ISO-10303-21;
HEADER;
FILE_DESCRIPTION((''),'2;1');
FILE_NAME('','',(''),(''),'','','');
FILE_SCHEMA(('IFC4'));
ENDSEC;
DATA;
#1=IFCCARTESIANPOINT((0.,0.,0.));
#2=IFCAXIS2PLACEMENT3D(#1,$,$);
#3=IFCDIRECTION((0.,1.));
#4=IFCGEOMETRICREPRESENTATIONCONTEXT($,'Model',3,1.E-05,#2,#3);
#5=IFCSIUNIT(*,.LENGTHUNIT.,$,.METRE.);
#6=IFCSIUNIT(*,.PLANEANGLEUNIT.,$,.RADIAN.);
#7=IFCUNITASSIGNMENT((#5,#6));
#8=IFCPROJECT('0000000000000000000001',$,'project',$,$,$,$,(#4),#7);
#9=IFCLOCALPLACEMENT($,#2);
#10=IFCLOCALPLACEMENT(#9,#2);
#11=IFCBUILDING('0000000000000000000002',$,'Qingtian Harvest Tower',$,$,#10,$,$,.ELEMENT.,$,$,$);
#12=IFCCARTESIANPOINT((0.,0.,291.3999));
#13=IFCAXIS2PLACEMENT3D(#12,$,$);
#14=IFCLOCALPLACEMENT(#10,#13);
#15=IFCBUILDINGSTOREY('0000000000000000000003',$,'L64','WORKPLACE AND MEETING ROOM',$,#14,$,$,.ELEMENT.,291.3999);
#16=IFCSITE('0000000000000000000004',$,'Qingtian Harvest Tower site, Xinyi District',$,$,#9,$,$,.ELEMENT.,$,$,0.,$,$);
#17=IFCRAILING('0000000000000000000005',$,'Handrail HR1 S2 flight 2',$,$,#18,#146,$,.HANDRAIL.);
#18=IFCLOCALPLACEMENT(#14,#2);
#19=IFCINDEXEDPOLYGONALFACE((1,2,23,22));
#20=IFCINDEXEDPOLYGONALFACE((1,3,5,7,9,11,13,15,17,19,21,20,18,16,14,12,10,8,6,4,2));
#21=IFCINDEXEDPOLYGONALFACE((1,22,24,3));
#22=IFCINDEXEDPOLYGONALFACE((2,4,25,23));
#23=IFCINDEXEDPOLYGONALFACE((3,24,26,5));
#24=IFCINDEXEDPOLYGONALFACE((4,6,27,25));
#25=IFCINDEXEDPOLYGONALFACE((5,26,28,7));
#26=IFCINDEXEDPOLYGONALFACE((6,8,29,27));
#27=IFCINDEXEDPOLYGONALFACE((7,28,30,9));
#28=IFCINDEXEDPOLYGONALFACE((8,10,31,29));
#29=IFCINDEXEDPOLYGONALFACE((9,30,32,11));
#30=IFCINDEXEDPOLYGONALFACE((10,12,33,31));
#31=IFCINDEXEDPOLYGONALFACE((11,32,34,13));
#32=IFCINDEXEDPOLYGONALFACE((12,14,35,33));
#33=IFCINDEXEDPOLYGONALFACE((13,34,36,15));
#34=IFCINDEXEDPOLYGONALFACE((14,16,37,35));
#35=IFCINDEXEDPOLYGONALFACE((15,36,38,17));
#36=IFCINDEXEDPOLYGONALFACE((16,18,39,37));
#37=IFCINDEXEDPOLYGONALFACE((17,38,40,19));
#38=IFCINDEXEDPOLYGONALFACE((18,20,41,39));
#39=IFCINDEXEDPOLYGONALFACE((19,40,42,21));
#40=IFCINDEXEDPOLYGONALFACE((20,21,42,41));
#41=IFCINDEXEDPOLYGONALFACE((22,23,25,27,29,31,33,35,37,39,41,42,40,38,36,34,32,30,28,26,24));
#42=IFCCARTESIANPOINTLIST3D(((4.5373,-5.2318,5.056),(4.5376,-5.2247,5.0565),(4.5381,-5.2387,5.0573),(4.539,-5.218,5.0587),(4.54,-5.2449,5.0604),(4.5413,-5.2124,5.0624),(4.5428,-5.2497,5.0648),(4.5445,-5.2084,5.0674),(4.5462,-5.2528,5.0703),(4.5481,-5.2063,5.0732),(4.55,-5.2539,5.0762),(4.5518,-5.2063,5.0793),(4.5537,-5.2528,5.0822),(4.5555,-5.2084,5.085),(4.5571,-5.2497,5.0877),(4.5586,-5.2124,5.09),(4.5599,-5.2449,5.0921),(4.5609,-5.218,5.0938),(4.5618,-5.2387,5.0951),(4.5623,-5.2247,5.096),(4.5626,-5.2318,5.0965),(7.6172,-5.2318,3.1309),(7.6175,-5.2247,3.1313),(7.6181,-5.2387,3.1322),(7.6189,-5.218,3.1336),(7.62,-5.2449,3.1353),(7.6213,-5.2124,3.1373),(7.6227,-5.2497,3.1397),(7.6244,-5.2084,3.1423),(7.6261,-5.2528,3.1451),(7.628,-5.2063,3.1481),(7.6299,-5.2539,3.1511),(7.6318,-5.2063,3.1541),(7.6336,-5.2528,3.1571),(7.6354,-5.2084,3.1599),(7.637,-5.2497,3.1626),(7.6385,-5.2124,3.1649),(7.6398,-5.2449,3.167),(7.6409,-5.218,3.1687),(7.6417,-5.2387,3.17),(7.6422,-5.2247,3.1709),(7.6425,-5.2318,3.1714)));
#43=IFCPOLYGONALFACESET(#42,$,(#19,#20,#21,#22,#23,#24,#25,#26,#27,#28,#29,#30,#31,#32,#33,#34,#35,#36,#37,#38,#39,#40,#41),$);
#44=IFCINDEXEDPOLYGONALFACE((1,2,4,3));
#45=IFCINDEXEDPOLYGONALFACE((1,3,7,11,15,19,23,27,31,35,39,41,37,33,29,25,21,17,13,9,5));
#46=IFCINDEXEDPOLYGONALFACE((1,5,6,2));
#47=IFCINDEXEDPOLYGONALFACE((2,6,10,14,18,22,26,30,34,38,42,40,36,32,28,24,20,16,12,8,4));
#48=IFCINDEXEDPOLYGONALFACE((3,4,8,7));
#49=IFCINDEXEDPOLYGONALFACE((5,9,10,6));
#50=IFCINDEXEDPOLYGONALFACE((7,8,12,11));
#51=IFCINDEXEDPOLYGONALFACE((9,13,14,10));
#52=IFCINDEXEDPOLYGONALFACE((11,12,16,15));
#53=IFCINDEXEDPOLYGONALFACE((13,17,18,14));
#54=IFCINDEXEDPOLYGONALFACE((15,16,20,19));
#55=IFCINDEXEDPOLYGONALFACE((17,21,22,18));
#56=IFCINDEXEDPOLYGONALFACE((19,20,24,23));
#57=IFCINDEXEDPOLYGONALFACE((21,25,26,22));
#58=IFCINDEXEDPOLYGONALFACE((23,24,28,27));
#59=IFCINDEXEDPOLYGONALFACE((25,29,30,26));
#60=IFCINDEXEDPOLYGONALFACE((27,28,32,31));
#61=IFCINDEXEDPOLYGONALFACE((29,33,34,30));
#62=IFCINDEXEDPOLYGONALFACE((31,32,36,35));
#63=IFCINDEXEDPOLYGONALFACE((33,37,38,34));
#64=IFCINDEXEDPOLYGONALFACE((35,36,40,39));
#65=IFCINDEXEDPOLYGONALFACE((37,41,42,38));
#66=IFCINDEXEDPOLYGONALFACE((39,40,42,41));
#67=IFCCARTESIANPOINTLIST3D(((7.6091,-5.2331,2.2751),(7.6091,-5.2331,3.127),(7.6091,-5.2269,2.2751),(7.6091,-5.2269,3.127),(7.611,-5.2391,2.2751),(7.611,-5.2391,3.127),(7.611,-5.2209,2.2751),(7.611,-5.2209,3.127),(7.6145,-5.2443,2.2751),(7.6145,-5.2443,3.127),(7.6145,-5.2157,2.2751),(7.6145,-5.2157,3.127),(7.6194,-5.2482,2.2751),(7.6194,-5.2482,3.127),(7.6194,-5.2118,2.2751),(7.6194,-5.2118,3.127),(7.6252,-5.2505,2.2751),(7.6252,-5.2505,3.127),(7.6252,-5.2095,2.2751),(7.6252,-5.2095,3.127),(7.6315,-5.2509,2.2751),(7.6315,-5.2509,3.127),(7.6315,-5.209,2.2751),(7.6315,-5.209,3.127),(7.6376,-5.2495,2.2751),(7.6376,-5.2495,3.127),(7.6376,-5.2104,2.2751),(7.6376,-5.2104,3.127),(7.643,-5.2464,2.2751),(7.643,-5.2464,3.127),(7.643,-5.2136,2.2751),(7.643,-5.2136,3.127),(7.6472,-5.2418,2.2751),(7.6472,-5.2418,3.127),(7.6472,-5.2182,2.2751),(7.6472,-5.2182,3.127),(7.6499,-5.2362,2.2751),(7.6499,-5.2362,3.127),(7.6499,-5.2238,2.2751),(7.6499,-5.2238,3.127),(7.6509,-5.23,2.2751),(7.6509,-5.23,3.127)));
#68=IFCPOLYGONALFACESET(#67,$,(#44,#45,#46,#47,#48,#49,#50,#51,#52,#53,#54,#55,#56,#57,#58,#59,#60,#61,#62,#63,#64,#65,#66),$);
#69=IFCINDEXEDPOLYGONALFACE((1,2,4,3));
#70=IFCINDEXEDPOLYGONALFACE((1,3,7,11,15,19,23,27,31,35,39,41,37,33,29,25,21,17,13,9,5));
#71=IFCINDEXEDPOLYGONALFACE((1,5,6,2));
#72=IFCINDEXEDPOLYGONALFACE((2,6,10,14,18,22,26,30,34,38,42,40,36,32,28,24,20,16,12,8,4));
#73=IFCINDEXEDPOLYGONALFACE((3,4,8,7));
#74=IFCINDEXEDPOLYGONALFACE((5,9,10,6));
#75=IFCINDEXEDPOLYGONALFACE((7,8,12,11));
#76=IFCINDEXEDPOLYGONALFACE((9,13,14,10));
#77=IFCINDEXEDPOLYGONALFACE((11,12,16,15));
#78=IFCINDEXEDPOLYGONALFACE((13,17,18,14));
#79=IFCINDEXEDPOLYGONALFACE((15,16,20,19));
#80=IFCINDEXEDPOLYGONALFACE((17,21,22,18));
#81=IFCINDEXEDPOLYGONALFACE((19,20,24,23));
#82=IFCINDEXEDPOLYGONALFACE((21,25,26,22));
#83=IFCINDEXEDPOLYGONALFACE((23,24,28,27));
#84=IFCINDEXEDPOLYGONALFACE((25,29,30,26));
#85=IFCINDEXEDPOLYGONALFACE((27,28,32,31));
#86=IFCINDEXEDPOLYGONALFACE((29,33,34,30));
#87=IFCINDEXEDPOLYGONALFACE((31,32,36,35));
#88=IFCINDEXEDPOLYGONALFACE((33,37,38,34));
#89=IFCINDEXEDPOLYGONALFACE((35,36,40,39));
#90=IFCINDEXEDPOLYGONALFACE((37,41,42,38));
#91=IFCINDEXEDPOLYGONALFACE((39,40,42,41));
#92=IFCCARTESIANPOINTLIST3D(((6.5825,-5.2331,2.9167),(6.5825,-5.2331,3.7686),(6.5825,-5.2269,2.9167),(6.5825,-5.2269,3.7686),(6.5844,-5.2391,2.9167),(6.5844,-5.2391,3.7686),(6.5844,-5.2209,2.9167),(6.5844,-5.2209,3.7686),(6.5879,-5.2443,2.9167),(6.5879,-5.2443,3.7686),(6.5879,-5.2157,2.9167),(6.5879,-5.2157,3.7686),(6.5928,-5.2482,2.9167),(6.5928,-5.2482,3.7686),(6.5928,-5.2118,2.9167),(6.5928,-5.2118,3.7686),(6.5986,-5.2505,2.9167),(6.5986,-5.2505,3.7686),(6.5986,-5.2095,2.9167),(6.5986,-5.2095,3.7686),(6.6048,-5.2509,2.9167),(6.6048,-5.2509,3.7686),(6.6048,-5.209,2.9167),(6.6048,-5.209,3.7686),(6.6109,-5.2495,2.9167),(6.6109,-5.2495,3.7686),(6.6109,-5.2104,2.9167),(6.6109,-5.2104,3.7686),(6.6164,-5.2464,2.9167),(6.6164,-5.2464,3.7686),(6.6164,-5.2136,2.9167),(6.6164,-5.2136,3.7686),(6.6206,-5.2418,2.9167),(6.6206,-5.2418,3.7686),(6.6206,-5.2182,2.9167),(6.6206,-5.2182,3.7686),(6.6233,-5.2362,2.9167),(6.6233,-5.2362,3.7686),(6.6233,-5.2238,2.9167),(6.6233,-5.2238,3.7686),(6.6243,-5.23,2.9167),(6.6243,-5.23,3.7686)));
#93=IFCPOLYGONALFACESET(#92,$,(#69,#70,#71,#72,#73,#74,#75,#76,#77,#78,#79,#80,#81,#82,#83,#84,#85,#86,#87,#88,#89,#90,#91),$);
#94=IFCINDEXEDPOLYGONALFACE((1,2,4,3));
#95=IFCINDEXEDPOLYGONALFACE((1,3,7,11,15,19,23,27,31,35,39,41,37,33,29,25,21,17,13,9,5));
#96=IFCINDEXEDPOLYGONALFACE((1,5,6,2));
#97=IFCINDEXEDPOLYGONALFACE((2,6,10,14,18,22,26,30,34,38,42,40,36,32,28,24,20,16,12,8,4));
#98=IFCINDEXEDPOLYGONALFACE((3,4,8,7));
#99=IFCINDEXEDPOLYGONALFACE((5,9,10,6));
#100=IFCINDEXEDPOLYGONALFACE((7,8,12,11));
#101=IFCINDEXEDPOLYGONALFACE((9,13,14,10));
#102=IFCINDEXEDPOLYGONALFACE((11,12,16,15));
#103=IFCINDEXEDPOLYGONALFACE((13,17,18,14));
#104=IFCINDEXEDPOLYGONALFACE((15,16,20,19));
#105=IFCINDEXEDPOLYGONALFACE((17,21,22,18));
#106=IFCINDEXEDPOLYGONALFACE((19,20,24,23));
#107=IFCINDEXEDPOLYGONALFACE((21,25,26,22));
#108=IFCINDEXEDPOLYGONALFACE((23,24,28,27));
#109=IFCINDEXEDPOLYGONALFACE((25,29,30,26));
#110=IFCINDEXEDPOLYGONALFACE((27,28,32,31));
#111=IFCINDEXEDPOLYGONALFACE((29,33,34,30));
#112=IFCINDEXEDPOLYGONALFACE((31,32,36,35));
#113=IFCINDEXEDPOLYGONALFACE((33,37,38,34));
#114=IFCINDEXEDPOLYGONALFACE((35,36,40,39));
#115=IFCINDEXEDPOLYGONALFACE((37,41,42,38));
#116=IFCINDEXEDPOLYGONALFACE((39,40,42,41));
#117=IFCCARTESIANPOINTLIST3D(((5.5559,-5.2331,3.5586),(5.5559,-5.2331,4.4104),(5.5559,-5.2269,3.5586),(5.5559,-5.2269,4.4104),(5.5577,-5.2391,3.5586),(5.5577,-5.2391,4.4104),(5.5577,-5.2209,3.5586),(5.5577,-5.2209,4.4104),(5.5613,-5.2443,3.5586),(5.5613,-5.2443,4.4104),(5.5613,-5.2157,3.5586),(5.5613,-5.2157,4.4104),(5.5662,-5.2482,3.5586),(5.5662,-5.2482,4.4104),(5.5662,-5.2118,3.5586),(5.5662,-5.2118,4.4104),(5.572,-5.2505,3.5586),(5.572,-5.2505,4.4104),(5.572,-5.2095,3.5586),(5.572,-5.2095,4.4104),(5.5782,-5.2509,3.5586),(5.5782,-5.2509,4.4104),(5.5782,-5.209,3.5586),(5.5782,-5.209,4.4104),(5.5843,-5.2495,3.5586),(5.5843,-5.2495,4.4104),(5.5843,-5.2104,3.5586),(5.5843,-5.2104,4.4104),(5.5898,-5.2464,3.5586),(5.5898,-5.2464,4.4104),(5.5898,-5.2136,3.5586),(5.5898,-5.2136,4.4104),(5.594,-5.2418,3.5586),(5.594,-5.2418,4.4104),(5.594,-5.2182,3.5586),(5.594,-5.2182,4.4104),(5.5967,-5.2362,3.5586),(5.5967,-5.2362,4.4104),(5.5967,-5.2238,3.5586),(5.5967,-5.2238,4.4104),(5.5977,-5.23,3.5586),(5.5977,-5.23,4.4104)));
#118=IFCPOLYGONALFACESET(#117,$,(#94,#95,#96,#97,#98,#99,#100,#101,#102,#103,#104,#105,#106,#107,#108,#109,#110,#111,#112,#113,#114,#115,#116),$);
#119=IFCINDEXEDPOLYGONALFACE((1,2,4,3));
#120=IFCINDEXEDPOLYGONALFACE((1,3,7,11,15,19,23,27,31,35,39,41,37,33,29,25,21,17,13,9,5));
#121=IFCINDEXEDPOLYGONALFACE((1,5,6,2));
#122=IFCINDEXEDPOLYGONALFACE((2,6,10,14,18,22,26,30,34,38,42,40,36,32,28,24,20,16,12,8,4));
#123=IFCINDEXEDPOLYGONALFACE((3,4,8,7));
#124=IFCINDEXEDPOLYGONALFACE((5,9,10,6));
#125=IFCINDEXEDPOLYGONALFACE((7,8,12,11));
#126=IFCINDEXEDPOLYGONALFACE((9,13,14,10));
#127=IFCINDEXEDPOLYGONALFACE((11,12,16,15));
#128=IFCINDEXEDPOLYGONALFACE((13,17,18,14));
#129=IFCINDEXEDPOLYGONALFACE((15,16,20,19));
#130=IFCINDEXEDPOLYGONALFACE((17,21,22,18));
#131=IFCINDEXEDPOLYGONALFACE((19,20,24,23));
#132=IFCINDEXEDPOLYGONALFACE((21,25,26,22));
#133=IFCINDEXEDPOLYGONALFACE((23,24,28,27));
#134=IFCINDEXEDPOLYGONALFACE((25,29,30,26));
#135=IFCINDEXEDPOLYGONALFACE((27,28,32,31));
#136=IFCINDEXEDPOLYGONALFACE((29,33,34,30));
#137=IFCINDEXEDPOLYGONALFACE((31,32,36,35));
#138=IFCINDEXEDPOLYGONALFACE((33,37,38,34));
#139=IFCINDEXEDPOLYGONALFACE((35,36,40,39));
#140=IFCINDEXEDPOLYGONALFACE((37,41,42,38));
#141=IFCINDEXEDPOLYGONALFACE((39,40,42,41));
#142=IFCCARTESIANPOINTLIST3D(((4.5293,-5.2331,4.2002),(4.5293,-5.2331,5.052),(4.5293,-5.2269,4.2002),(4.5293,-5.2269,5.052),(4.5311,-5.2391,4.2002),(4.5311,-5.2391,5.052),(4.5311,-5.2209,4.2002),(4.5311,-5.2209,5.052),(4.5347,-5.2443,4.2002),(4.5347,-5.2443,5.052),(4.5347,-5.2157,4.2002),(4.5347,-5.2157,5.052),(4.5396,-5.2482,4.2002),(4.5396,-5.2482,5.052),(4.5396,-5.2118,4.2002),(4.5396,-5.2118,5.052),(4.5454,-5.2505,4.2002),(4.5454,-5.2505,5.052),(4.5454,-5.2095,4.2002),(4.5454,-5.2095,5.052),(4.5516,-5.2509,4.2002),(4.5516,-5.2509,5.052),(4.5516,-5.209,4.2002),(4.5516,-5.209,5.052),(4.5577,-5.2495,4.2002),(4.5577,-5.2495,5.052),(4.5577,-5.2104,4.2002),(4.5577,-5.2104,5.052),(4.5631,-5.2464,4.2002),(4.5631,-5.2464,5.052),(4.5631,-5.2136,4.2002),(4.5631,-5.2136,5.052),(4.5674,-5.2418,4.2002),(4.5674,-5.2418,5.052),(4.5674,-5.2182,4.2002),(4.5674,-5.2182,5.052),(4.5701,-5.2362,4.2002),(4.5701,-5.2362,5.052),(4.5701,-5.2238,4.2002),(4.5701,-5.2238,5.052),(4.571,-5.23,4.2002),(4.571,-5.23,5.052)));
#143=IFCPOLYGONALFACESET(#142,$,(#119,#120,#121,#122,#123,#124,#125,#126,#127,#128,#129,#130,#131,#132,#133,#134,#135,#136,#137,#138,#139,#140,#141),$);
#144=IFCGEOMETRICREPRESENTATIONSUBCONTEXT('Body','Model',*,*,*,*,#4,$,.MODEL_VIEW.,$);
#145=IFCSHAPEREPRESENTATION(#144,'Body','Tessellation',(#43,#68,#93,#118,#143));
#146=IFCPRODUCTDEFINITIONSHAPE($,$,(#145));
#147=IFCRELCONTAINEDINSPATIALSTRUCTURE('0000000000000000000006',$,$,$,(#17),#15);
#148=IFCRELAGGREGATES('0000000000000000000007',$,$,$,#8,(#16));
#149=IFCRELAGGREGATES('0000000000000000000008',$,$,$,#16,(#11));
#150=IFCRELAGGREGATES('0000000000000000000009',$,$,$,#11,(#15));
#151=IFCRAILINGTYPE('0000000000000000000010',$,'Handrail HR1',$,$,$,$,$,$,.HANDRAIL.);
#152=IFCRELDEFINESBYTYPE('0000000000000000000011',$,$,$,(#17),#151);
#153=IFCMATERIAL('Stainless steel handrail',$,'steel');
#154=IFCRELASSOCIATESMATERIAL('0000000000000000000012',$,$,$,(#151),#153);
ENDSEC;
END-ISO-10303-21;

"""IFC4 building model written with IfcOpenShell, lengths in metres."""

from ifc_helpers import new_model, si_unit, direction, frame, origin, origin_2d, place, context, subcontext, project, spatial, circle, extrude, material, type_object, element, save


model = new_model("IFC4")

# Units and contexts
model_context = context("Model", 3, precision=1e-05, world=origin(), true_north=direction((0.0, 1.0)))
body_context = subcontext(model_context, "Body", "Model", "MODEL_VIEW")
ifc_project = project(units=[si_unit("LENGTHUNIT", "METRE"), si_unit("PLANEANGLEUNIT", "RADIAN")], contexts=[model_context])

# Site, building, storey
site_placement = place(None, origin())
site = spatial("IfcSite", under=ifc_project, at=site_placement, Name="Qingtian Harvest Tower site, Xinyi District", CompositionType="ELEMENT", RefElevation=0.0)
building_placement = place(site_placement, origin())
building = spatial("IfcBuilding", under=site, at=building_placement, Name="Qingtian Harvest Tower", CompositionType="ELEMENT")
storey_placement = place(building_placement, frame((0.0, 0.0, 291.3999)))
storey = spatial("IfcBuildingStorey", under=building, at=storey_placement, Name="L64", Description="WORKPLACE AND MEETING ROOM", CompositionType="ELEMENT", Elevation=291.3999)

# Railing
ifc_material_1 = material(Name="Stainless steel handrail", Category="steel")
railing_type = type_object("IfcRailingType", Name="Handrail HR1", PredefinedType="HANDRAIL", material=ifc_material_1)
railing_1_placement = place(storey_placement, frame((7.6299, -5.23, 2.2751)))
element("IfcRailing", 1, at=railing_1_placement, inside=storey, type_object=railing_type, Name="Handrail HR1 S2 flight 2", PredefinedType="HANDRAIL", context=body_context, shape_type="SweptSolid", body=[
    extrude(circle(Radius=0.0239, at=origin_2d()), frame((0.0, 0.0, 0.876), z_axis=(-0.847979, 0.0, 0.530029), x_axis=(0.0, -1.0, 0.0)), (0.0, 0.0, 1.0), 3.6321),
    extrude(circle(Radius=0.021, at=origin_2d()), origin(), (0.0, 0.0, 1.0), 0.8518),
    extrude(circle(Radius=0.021, at=origin_2d()), frame((-1.0266, 0.0, 0.6416)), (0.0, 0.0, 1.0), 0.8518),
    extrude(circle(Radius=0.021, at=origin_2d()), frame((-2.0532, 0.0, 1.2834)), (0.0, 0.0, 1.0), 0.8518),
    extrude(circle(Radius=0.021, at=origin_2d()), frame((-3.0798, 0.0, 1.925)), (0.0, 0.0, 1.0), 0.8518),
])

save(model, "model.ifc")
